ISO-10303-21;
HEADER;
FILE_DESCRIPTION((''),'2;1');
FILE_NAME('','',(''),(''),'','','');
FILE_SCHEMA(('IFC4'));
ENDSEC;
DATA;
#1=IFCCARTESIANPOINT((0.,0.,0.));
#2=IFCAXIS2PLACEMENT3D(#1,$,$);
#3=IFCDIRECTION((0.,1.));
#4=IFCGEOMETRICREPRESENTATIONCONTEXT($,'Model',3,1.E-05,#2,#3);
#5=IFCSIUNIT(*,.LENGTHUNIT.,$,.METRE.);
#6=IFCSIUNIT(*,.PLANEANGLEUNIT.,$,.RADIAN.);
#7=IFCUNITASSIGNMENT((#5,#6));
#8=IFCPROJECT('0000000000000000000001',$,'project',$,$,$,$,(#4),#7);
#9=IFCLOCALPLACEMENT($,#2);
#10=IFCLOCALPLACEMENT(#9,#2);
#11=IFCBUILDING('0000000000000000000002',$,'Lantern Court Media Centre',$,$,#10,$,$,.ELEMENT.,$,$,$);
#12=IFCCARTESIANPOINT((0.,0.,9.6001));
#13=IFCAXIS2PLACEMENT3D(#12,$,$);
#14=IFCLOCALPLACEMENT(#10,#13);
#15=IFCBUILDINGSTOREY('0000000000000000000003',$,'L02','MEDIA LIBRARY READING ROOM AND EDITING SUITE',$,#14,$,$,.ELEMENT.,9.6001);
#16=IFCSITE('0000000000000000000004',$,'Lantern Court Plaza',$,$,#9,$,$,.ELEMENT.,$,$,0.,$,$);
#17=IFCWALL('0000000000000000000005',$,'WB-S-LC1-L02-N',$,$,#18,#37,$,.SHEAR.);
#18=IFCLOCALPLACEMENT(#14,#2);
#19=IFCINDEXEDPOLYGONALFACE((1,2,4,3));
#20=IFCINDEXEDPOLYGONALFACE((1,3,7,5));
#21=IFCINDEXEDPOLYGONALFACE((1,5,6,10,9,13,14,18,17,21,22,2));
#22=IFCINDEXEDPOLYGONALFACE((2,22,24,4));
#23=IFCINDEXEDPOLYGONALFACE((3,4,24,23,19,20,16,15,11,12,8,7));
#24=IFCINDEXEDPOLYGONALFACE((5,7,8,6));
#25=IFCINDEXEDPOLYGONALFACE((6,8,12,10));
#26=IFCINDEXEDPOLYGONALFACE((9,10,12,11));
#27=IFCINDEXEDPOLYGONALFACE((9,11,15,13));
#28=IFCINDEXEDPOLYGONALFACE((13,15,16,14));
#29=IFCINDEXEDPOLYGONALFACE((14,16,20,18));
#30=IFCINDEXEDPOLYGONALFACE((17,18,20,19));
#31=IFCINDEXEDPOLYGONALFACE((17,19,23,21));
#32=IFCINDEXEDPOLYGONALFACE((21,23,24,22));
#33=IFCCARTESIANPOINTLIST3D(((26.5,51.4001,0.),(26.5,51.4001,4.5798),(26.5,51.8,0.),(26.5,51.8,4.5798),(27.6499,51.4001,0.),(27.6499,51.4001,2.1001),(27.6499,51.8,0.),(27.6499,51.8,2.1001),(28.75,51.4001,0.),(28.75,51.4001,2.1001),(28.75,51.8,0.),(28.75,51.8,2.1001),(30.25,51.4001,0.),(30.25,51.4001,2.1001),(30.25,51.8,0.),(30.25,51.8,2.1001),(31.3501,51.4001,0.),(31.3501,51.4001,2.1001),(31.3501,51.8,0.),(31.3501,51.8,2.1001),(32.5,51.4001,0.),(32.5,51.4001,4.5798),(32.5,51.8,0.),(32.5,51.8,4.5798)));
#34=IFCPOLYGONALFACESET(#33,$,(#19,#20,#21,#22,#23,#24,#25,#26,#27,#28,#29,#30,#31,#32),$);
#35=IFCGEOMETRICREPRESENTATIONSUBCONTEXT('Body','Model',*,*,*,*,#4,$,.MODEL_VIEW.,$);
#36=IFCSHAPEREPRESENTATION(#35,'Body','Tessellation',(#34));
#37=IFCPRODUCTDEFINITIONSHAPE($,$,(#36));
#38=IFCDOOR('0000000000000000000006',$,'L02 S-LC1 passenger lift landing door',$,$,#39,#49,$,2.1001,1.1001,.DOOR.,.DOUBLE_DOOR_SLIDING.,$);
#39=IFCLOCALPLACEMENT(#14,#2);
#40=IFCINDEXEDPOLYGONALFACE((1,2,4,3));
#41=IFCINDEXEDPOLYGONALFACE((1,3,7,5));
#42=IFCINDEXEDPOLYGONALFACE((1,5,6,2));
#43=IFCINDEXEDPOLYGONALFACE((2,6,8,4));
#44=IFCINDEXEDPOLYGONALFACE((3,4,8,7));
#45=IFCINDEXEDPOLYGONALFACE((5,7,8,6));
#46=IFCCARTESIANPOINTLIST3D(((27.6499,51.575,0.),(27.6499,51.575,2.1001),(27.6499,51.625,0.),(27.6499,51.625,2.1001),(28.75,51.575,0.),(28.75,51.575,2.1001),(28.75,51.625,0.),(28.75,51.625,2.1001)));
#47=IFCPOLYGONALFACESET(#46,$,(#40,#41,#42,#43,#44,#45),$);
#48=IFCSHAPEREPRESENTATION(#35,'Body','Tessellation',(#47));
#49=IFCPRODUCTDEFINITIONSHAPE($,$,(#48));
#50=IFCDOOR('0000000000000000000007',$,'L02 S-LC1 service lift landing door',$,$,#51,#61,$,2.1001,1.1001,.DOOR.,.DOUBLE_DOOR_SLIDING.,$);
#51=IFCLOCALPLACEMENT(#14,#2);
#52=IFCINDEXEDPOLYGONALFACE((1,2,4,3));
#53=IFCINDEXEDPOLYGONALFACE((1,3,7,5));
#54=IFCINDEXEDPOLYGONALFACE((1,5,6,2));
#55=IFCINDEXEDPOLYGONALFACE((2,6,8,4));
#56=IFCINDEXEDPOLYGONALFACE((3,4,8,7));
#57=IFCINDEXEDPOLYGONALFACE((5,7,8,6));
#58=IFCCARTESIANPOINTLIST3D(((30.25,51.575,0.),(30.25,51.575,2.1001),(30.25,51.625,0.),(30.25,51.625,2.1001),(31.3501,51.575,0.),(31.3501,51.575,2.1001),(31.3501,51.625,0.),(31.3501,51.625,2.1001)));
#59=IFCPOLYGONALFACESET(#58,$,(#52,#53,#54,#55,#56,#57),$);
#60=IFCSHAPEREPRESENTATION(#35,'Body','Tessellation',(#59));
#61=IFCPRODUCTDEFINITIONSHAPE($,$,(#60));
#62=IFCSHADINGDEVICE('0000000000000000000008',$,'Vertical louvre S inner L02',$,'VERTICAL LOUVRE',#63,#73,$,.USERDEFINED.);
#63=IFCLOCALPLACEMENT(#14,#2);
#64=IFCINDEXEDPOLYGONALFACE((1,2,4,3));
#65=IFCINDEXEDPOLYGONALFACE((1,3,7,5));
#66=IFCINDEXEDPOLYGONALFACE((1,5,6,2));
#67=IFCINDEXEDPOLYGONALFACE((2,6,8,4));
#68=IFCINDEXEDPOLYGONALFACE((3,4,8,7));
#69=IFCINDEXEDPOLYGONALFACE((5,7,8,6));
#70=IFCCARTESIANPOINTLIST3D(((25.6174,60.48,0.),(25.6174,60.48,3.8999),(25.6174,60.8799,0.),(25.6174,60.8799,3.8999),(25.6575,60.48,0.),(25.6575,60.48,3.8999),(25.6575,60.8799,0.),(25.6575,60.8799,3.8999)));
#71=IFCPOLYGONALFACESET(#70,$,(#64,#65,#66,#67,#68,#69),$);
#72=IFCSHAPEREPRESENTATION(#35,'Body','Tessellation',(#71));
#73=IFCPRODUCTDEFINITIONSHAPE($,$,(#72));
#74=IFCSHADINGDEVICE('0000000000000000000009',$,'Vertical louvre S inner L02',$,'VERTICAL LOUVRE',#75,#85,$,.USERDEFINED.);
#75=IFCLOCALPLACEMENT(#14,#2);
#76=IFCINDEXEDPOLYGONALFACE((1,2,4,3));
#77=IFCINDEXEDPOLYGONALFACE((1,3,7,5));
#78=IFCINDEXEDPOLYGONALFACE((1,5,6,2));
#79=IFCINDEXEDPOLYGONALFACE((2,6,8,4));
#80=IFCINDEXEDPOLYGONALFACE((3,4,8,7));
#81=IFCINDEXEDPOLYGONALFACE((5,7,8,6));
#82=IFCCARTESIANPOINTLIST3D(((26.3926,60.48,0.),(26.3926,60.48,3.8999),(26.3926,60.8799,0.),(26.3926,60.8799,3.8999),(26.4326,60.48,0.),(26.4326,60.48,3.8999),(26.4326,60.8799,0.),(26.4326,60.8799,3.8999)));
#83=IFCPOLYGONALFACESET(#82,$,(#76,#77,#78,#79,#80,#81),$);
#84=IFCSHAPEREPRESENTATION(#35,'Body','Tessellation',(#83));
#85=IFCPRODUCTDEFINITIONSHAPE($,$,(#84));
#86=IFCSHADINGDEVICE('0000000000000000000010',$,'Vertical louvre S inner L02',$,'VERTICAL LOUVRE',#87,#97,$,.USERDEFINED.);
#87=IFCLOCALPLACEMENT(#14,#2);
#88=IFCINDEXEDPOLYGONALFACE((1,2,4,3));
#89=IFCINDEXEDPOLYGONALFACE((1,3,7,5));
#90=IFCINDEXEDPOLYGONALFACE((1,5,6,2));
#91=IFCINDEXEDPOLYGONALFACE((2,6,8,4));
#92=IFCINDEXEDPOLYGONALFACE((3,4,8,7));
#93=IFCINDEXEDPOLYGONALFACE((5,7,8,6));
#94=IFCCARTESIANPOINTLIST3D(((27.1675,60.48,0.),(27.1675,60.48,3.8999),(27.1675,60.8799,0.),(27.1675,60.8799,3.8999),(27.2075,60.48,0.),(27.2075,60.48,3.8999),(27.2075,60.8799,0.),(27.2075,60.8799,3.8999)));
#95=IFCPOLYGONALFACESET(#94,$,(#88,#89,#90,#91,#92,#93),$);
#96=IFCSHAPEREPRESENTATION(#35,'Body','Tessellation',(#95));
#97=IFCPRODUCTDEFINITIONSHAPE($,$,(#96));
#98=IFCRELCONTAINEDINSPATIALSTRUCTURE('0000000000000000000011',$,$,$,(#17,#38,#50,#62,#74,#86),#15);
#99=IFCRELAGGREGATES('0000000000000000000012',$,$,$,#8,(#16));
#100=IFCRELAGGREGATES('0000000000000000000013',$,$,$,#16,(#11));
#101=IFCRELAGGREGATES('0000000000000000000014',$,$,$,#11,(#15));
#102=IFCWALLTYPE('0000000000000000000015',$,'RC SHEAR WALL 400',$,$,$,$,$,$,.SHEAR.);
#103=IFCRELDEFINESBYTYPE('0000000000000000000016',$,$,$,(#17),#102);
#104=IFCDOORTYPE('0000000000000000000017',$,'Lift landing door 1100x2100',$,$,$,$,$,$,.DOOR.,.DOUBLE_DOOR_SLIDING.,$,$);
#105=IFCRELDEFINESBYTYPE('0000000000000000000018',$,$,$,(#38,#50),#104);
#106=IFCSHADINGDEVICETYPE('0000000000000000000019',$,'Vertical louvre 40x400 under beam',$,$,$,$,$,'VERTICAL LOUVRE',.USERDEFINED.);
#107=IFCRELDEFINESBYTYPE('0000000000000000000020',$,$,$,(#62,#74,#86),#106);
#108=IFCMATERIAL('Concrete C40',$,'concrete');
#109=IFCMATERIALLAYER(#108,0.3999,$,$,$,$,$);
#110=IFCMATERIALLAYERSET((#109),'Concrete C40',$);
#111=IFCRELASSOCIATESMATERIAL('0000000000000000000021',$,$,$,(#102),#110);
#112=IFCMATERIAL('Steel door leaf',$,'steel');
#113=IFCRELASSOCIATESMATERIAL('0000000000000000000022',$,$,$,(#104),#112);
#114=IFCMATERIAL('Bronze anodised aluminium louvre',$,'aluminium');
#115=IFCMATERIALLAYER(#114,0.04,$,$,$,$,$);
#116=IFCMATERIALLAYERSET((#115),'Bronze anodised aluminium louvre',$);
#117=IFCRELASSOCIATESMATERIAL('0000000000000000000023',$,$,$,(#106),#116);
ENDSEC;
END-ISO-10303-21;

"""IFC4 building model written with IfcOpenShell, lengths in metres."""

from ifc_helpers import new_model, si_unit, direction, frame, frame_2d, origin, origin_2d, place, context, subcontext, project, spatial, rectangle, extrude, material, layer, layer_set, type_object, element, fill, save


model = new_model("IFC4")

# Units and contexts
model_context = context("Model", 3, precision=1e-05, world=origin(), true_north=direction((0.0, 1.0)))
body_context = subcontext(model_context, "Body", "Model", "MODEL_VIEW")
ifc_project = project(units=[si_unit("LENGTHUNIT", "METRE"), si_unit("PLANEANGLEUNIT", "RADIAN")], contexts=[model_context])

# Site, building, storey
site_placement = place(None, origin())
site = spatial("IfcSite", under=ifc_project, at=site_placement, Name="Lantern Court Plaza", CompositionType="ELEMENT", RefElevation=0.0)
building_placement = place(site_placement, origin())
building = spatial("IfcBuilding", under=site, at=building_placement, Name="Lantern Court Media Centre", CompositionType="ELEMENT")
storey_placement = place(building_placement, frame((0.0, 0.0, 9.6001)))
storey = spatial("IfcBuildingStorey", under=building, at=storey_placement, Name="L02", Description="MEDIA LIBRARY READING ROOM AND EDITING SUITE", CompositionType="ELEMENT", Elevation=9.6001)

# Wall, openings, doors
ifc_material_1 = material(Name="Concrete C40", Category="concrete")
ifc_layer_1 = layer(ifc_material_1, 0.3999)
ifc_layer_set_1 = layer_set([ifc_layer_1], Name="Concrete C40")
wall_type_1 = type_object("IfcWallType", Name="RC SHEAR WALL 400", PredefinedType="SHEAR", material=ifc_layer_set_1)
wall_1_placement = place(storey_placement, frame((26.5, 51.6001, 0.0), z_axis=(0.0, 0.0, 1.0), x_axis=(1.0, 0.0, 0.0)))
wall_1 = element("IfcWall", 1, at=wall_1_placement, inside=storey, type_object=wall_type_1, Name="WB-S-LC1-L02-N", PredefinedType="SHEAR", context=body_context, shape_type="SweptSolid", body=[
    extrude(rectangle(XDim=6.0, YDim=0.3999, at=frame_2d((3.0, 0.0))), origin(), (0.0, 0.0, 1.0), 4.5798),
])
opening_1_placement = place(wall_1_placement, frame((1.1499, 0.0, 0.0)))
opening_1 = element("IfcOpeningElement", 2, at=opening_1_placement, cuts=wall_1, PredefinedType="OPENING", context=body_context, shape_type="SweptSolid", body=[
    extrude(rectangle(XDim=1.1001, YDim=2.1001, at=frame_2d((0.55, 1.05))), frame((0.0, 0.21, 0.0), z_axis=(0.0, -1.0, 0.0), x_axis=(1.0, 0.0, 0.0)), (0.0, 0.0, 1.0), 0.4199),
])
opening_2_placement = place(wall_1_placement, frame((3.75, 0.0, 0.0)))
opening_2 = element("IfcOpeningElement", 3, at=opening_2_placement, cuts=wall_1, PredefinedType="OPENING", context=body_context, shape_type="SweptSolid", body=[
    extrude(rectangle(XDim=1.1001, YDim=2.1001, at=frame_2d((0.55, 1.05))), frame((0.0, 0.21, 0.0), z_axis=(0.0, -1.0, 0.0), x_axis=(1.0, 0.0, 0.0)), (0.0, 0.0, 1.0), 0.4199),
])
ifc_material_2 = material(Name="Steel door leaf", Category="steel")
door_type = type_object("IfcDoorType", Name="Lift landing door 1100x2100", OperationType="DOUBLE_DOOR_SLIDING", PredefinedType="DOOR", material=ifc_material_2)
door_1_placement = place(opening_1_placement, origin())
door_1 = element("IfcDoor", 4, at=door_1_placement, inside=storey, type_object=door_type, Name="L02 S-LC1 passenger lift landing door", OperationType="DOUBLE_DOOR_SLIDING", OverallHeight=2.1001, OverallWidth=1.1001, PredefinedType="DOOR", context=body_context, shape_type="SweptSolid", body=[
    extrude(rectangle(XDim=1.1001, YDim=2.1001, at=frame_2d((0.55, 1.05))), frame((0.0, 0.0249, 0.0), z_axis=(0.0, -1.0, 0.0), x_axis=(1.0, 0.0, 0.0)), (0.0, 0.0, 1.0), 0.05),
])
fill(opening_1, door_1)
door_2_placement = place(opening_2_placement, origin())
door_2 = element("IfcDoor", 5, at=door_2_placement, inside=storey, type_object=door_type, Name="L02 S-LC1 service lift landing door", OperationType="DOUBLE_DOOR_SLIDING", OverallHeight=2.1001, OverallWidth=1.1001, PredefinedType="DOOR", context=body_context, shape_type="SweptSolid", body=[
    extrude(rectangle(XDim=1.1001, YDim=2.1001, at=frame_2d((0.55, 1.05))), frame((0.0, 0.0249, 0.0), z_axis=(0.0, -1.0, 0.0), x_axis=(1.0, 0.0, 0.0)), (0.0, 0.0, 1.0), 0.05),
])
fill(opening_2, door_2)

# Shading devices
ifc_material_3 = material(Name="Bronze anodised aluminium louvre", Category="aluminium")
ifc_layer_2 = layer(ifc_material_3, 0.04)
ifc_layer_set_2 = layer_set([ifc_layer_2], Name="Bronze anodised aluminium louvre")
shading_device_type = type_object("IfcShadingDeviceType", Name="Vertical louvre 40x400 under beam", ElementType="VERTICAL LOUVRE", PredefinedType="USERDEFINED", material=ifc_layer_set_2)
for number, where, z_axis, x_axis, name in (
    (6, (25.6375, 60.6799, 0.0), (0.0, 0.0, 1.0), (1.0, 0.0, 0.0), "Vertical louvre S inner L02"),
    (7, (26.4126, 60.6799, 0.0), (0.0, 0.0, 1.0), (1.0, 0.0, 0.0), "Vertical louvre S inner L02"),
    (8, (27.1875, 60.6799, 0.0), (0.0, 0.0, 1.0), (1.0, 0.0, 0.0), "Vertical louvre S inner L02"),
):
    element("IfcShadingDevice", number, at=place(storey_placement, frame(where, z_axis=z_axis, x_axis=x_axis)), inside=storey, type_object=shading_device_type, Name=name, ObjectType="VERTICAL LOUVRE", PredefinedType="USERDEFINED", context=body_context, shape_type="SweptSolid", body=[
        extrude(rectangle(XDim=0.04, YDim=0.3999, at=origin_2d()), origin(), (0.0, 0.0, 1.0), 3.8999),
    ])

save(model, "model.ifc")
